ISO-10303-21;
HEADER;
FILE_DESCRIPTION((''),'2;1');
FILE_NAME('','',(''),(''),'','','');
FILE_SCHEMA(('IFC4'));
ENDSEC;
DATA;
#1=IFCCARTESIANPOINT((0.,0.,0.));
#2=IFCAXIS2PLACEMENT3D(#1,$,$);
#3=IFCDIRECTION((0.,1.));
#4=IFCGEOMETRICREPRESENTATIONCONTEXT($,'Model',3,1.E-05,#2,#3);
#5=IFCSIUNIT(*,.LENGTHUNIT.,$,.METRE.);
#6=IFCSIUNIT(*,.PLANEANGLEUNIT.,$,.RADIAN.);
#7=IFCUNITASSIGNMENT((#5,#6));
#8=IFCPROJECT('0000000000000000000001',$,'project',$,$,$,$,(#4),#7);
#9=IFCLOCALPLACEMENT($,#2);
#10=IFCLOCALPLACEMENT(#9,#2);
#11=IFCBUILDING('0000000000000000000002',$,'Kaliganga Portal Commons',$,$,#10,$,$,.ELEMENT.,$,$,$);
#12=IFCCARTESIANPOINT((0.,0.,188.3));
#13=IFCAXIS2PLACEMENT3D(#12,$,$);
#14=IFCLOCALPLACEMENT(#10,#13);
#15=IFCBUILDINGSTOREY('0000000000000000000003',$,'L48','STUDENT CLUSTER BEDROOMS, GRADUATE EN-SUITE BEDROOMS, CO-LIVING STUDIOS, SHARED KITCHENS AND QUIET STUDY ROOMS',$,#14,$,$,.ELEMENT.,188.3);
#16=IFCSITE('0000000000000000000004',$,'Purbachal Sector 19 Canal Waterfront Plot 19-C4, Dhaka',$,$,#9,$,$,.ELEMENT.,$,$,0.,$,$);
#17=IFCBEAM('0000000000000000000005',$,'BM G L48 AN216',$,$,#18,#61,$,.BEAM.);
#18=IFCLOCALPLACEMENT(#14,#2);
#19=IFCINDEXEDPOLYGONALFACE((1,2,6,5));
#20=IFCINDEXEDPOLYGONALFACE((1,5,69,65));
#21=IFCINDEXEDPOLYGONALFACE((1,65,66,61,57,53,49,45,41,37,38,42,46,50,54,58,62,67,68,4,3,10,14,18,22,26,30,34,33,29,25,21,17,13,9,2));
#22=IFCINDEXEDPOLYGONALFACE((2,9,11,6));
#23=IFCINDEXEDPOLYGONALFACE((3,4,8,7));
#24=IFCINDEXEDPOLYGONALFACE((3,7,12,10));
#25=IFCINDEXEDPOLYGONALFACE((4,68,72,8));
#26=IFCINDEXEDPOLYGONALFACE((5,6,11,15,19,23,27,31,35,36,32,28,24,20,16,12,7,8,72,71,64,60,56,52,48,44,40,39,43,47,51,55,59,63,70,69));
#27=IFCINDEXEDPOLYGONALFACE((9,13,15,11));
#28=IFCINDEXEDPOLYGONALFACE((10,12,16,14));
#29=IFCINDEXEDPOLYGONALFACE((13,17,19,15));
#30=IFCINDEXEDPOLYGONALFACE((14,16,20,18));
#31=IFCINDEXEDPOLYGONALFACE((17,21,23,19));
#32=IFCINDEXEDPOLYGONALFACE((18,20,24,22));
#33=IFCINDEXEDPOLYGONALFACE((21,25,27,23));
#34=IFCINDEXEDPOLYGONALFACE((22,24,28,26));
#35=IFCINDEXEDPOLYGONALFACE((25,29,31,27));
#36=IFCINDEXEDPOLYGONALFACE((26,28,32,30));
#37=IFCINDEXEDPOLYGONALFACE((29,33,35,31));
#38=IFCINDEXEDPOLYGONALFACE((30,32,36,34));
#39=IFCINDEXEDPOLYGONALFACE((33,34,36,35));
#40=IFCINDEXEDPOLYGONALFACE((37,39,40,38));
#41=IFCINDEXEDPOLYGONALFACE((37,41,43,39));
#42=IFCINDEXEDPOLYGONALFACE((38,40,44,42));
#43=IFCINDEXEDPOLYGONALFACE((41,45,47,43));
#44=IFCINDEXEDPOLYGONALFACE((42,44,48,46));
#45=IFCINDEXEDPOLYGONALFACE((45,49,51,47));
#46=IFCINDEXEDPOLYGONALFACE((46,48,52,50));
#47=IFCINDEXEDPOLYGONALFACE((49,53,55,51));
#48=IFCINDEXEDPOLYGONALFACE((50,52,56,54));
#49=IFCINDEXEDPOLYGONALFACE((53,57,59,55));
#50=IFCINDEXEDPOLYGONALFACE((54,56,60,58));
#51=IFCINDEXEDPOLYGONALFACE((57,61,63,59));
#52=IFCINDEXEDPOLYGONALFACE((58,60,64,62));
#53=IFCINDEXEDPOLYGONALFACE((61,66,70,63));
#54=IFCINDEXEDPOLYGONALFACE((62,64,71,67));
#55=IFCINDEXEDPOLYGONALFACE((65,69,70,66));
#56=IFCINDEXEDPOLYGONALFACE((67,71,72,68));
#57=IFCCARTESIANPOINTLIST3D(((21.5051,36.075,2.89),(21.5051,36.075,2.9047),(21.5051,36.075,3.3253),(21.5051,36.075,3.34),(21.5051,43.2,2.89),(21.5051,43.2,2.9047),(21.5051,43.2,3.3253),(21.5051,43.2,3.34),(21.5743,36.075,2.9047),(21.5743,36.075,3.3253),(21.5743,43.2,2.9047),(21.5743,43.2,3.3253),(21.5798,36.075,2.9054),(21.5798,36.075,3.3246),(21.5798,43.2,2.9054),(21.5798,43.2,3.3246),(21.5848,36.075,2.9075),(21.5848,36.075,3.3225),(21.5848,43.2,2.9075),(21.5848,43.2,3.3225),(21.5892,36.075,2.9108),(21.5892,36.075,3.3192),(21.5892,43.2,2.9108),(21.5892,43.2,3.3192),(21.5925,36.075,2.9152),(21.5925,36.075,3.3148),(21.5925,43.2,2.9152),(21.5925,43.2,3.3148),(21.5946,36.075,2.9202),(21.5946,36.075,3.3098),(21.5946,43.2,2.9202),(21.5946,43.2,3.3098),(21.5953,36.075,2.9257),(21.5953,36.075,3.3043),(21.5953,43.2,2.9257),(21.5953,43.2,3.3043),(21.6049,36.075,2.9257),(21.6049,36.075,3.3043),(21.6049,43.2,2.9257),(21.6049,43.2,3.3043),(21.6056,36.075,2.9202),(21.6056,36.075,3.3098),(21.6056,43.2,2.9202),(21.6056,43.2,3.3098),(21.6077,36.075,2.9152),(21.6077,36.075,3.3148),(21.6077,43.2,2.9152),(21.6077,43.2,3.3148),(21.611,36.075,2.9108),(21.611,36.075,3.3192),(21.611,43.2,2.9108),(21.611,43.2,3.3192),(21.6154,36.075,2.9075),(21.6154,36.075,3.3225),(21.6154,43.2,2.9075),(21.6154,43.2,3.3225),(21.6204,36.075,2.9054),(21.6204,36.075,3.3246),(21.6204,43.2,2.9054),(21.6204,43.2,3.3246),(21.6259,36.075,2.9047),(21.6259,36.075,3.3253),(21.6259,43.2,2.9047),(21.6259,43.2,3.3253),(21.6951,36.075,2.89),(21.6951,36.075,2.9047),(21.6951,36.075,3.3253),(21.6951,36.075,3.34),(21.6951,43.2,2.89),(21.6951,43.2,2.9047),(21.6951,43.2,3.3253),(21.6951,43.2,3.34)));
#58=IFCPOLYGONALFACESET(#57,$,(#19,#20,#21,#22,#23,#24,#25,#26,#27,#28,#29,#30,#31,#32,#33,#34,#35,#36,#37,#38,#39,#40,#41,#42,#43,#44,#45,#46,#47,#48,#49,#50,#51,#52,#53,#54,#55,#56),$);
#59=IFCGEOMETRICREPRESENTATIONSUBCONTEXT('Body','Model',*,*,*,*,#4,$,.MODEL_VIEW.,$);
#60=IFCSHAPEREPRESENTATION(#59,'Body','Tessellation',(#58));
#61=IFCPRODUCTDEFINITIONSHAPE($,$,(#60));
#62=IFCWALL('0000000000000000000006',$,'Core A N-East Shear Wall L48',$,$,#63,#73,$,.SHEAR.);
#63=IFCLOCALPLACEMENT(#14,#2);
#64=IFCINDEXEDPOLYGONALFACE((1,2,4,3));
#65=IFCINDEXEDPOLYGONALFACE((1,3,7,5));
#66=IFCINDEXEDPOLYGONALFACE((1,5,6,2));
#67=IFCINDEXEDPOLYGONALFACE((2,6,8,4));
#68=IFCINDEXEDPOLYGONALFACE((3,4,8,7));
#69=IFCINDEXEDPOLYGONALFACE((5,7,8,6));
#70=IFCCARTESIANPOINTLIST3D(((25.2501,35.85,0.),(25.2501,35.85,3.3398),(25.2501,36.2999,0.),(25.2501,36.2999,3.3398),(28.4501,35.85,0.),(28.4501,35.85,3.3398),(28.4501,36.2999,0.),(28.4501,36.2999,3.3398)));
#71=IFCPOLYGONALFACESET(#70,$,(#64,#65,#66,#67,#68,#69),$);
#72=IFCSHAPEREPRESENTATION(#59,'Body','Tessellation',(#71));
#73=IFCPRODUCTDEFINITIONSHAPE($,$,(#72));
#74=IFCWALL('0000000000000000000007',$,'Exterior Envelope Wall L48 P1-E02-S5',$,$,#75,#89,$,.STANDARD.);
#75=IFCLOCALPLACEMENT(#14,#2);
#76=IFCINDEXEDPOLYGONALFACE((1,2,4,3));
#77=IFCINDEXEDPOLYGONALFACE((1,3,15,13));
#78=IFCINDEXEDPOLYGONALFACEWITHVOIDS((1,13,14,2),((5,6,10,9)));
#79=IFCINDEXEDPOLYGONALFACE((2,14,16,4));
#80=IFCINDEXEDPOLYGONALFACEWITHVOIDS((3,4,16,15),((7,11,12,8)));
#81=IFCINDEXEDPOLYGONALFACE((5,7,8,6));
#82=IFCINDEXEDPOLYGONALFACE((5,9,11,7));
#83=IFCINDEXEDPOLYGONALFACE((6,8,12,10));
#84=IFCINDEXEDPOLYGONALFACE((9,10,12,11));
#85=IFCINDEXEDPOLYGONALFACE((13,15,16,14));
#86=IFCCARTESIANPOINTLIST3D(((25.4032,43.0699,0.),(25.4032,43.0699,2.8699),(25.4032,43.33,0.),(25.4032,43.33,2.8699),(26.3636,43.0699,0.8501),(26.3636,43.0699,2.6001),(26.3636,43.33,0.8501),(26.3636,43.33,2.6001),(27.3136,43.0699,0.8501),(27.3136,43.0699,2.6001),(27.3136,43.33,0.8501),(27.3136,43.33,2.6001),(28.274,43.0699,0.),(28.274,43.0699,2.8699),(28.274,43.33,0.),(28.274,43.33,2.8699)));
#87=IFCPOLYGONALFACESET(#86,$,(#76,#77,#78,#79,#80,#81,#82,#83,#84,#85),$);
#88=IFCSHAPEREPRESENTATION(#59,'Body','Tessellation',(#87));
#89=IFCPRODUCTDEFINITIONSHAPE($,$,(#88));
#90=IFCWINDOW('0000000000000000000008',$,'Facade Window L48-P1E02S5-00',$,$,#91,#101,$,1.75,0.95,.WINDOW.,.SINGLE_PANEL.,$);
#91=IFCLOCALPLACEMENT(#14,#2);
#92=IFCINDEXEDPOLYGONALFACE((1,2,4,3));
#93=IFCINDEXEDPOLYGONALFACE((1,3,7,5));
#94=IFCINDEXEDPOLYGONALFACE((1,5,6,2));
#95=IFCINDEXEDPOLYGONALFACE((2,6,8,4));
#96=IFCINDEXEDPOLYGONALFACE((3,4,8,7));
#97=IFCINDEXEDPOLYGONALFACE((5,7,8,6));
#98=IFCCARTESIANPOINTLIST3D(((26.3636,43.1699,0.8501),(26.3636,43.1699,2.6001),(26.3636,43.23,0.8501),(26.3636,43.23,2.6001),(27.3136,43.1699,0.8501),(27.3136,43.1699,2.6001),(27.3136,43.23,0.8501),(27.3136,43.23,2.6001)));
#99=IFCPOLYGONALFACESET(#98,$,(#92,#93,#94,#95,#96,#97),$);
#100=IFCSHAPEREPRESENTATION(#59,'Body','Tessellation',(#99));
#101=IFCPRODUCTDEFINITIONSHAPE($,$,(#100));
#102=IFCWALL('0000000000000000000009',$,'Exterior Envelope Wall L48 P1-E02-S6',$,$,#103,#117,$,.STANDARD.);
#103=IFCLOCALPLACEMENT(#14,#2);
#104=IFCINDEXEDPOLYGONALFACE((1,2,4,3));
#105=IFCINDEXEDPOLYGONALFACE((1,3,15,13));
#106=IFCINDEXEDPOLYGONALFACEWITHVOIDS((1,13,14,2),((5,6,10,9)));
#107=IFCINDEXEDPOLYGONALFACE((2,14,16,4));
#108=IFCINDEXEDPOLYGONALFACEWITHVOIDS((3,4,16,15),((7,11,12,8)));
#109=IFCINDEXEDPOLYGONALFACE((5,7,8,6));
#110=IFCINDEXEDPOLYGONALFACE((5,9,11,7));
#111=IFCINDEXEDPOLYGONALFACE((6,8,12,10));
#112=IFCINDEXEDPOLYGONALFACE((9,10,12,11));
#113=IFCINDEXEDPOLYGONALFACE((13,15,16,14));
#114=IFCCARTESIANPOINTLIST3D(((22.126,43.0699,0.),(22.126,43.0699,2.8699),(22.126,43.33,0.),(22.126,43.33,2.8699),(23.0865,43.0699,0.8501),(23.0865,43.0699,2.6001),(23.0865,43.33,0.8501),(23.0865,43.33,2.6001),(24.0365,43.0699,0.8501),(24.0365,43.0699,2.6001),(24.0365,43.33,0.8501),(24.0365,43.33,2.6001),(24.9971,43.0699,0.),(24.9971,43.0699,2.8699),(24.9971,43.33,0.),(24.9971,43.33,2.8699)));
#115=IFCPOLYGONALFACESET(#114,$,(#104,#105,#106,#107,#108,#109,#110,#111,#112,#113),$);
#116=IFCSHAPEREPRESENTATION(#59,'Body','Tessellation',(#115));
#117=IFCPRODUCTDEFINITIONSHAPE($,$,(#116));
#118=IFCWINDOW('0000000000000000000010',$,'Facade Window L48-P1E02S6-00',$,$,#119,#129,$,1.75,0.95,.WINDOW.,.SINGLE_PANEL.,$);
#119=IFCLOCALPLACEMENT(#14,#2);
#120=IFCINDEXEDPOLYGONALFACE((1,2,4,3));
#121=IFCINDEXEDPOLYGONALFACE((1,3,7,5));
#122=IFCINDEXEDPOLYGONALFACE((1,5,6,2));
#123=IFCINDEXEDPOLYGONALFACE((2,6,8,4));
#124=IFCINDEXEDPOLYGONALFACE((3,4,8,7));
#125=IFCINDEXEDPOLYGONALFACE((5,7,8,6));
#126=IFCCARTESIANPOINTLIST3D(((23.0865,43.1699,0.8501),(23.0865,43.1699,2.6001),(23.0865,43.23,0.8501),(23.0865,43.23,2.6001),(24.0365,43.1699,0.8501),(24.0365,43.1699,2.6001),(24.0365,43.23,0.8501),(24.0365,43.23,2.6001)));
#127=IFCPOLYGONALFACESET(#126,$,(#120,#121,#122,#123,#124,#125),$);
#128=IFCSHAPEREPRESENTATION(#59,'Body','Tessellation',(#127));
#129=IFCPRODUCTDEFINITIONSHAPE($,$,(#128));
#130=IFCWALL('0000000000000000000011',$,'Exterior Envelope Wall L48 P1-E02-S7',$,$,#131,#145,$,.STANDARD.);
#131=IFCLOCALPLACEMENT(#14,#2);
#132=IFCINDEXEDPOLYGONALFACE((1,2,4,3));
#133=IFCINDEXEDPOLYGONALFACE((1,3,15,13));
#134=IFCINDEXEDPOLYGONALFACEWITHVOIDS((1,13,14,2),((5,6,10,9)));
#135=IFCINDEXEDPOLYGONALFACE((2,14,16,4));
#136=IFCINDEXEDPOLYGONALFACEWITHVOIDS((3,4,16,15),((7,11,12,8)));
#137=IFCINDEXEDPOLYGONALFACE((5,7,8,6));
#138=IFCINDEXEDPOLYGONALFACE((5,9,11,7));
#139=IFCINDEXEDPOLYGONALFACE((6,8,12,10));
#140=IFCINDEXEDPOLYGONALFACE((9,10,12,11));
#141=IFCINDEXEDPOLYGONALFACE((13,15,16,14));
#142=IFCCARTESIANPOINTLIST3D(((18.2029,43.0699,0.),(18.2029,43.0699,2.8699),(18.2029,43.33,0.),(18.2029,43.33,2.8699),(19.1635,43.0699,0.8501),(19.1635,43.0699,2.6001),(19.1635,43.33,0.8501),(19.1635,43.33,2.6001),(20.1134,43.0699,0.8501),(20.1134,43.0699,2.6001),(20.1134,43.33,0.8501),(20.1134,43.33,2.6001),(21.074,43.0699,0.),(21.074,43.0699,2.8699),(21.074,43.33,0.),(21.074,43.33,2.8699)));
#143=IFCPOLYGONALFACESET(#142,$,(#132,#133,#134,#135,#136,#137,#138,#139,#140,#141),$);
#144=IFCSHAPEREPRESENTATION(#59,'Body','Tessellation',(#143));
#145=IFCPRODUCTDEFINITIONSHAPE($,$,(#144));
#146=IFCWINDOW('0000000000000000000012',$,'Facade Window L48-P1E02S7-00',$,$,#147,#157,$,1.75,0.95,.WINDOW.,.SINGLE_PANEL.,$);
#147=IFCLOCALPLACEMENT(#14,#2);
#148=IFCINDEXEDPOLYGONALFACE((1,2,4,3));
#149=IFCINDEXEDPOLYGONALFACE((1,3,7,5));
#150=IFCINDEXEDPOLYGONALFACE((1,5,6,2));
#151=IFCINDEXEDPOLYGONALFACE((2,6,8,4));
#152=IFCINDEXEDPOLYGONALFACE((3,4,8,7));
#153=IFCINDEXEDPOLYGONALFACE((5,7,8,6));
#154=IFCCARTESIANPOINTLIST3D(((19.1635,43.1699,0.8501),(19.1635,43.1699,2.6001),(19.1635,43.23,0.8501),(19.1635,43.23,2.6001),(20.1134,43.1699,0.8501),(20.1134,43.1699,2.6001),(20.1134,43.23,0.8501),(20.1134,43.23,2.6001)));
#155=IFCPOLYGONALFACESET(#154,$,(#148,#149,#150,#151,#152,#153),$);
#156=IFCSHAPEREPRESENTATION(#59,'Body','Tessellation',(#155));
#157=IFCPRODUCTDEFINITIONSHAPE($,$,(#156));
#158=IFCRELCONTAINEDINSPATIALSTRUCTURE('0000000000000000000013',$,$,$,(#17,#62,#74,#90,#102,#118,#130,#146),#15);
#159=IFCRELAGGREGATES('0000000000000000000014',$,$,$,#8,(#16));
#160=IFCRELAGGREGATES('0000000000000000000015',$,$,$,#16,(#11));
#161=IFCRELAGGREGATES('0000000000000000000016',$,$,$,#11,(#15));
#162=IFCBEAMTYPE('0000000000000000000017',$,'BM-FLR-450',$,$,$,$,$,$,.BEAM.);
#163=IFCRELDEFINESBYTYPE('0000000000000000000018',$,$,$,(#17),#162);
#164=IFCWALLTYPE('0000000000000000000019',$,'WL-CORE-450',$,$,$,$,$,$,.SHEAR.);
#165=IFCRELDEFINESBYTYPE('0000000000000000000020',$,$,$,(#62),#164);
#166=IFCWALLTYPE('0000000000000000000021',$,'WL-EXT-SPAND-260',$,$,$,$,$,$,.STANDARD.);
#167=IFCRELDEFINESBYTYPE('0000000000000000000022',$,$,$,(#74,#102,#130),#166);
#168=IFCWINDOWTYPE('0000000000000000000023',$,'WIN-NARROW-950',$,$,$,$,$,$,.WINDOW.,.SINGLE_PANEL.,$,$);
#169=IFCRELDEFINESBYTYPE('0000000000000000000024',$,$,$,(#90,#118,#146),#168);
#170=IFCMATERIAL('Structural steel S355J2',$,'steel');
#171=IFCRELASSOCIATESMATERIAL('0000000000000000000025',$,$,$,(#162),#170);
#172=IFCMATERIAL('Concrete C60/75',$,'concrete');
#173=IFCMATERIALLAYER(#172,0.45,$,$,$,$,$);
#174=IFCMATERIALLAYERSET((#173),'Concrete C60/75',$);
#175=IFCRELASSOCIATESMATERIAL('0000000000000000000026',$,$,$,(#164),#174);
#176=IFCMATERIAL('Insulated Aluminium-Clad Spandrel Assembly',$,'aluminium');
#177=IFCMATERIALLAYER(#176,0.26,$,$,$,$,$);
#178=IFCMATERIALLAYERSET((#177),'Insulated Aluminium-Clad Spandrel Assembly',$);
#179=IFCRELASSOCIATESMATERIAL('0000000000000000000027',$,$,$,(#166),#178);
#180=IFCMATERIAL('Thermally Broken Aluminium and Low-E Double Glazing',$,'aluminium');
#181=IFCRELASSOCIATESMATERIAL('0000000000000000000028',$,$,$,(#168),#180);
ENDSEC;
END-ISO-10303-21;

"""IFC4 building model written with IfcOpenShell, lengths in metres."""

from ifc_helpers import new_model, si_unit, direction, frame, frame_2d, origin, origin_2d, place, context, subcontext, project, spatial, rectangle, i_section, extrude, source, transform, mapped, material, layer, layer_set, material_profile, profile_set, type_object, element, fill, save


model = new_model("IFC4")

# Units and contexts
model_context = context("Model", 3, precision=1e-05, world=origin(), true_north=direction((0.0, 1.0)))
body_context = subcontext(model_context, "Body", "Model", "MODEL_VIEW")
ifc_project = project(units=[si_unit("LENGTHUNIT", "METRE"), si_unit("PLANEANGLEUNIT", "RADIAN")], contexts=[model_context])

# Site, building, storey
site_placement = place(None, origin())
site = spatial("IfcSite", under=ifc_project, at=site_placement, Name="Purbachal Sector 19 Canal Waterfront Plot 19-C4, Dhaka", CompositionType="ELEMENT", RefElevation=0.0)
building_placement = place(site_placement, origin())
building = spatial("IfcBuilding", under=site, at=building_placement, Name="Kaliganga Portal Commons", CompositionType="ELEMENT")
storey_placement = place(building_placement, frame((0.0, 0.0, 188.3)))
storey = spatial("IfcBuildingStorey", under=building, at=storey_placement, Name="L48", Description="STUDENT CLUSTER BEDROOMS, GRADUATE EN-SUITE BEDROOMS, CO-LIVING STUDIOS, SHARED KITCHENS AND QUIET STUDY ROOMS", CompositionType="ELEMENT", Elevation=188.3)

# Shared definitions
ifc_material_1 = material(Name="Concrete C60/75", Category="concrete")

# Beam
ifc_material_2 = material(Name="Structural steel S355J2", Category="steel")
ifc_material_profile_1 = material_profile(ifc_material_2, i_section(OverallWidth=0.1899, OverallDepth=0.45, WebThickness=0.0095, FlangeThickness=0.0146, FilletRadius=0.021, at=origin_2d()), Name="IPE 450")
ifc_profile_set_1 = profile_set([ifc_material_profile_1], Name="Structural steel S355J2 wide-flange")
beam_type_1 = type_object("IfcBeamType", Name="BM-FLR-450", PredefinedType="BEAM", material=ifc_profile_set_1)
shared_shape_1 = source(origin(), body_context, "Body", "SweptSolid", [
    extrude(i_section(OverallWidth=0.1899, OverallDepth=0.45, WebThickness=0.0095, FlangeThickness=0.0146, FilletRadius=0.021, at=origin_2d()), origin(), (0.0, 0.0, 1.0), 7.125),
])
beam_1_placement = place(storey_placement, frame((21.6001, 36.075, 3.115), z_axis=(0.0, 1.0, 0.0), x_axis=(-1.0, 0.0, 0.0)))
element("IfcBeam", 1, at=beam_1_placement, inside=storey, type_object=beam_type_1, Name="BM G L48 AN216", PredefinedType="BEAM", context=body_context, shape_type="MappedRepresentation", body=[
    mapped(shared_shape_1, transform((0.0, 0.0, 0.0), x_axis=(1.0, 0.0, 0.0), y_axis=(0.0, 1.0, 0.0), z_axis=(0.0, 0.0, 1.0), scale=1.0)),
])

# Wall
ifc_layer_1 = layer(ifc_material_1, 0.45)
ifc_layer_set_1 = layer_set([ifc_layer_1], Name="Concrete C60/75")
wall_type_1 = type_object("IfcWallType", Name="WL-CORE-450", PredefinedType="SHEAR", material=ifc_layer_set_1)
wall_1_placement = place(storey_placement, frame((25.25, 36.075, 0.0), z_axis=(0.0, 0.0, 1.0), x_axis=(1.0, 0.0, 0.0)))
element("IfcWall", 2, at=wall_1_placement, inside=storey, type_object=wall_type_1, Name="Core A N-East Shear Wall L48", PredefinedType="SHEAR", context=body_context, shape_type="SweptSolid", body=[
    extrude(rectangle(XDim=3.2, YDim=0.45, at=frame_2d((1.6001, 0.0))), origin(), (0.0, 0.0, 1.0), 3.3398),
])

# Walls, openings, windows
ifc_material_3 = material(Name="Insulated Aluminium-Clad Spandrel Assembly", Category="aluminium")
ifc_layer_2 = layer(ifc_material_3, 0.26)
ifc_layer_set_2 = layer_set([ifc_layer_2], Name="Insulated Aluminium-Clad Spandrel Assembly")
wall_type_2 = type_object("IfcWallType", Name="WL-EXT-SPAND-260", PredefinedType="STANDARD", material=ifc_layer_set_2)
wall_2_placement = place(storey_placement, frame((25.4031, 43.2, 0.0), z_axis=(0.0, 0.0, 1.0), x_axis=(1.0, 0.0, 0.0)))
wall_2 = element("IfcWall", 3, at=wall_2_placement, inside=storey, type_object=wall_type_2, Name="Exterior Envelope Wall L48 P1-E02-S5", PredefinedType="STANDARD", context=body_context, shape_type="SweptSolid", body=[
    extrude(rectangle(XDim=2.8708, YDim=0.26, at=frame_2d((1.4355, 0.0))), origin(), (0.0, 0.0, 1.0), 2.8699),
])
opening_1_placement = place(wall_2_placement, frame((0.9604, 0.0, 0.8501)))
opening_1 = element("IfcOpeningElement", 4, at=opening_1_placement, cuts=wall_2, PredefinedType="OPENING", context=body_context, shape_type="SweptSolid", body=[
    extrude(rectangle(XDim=0.95, YDim=1.75, at=frame_2d((0.4751, 0.875))), frame((0.0, 0.1401, 0.0), z_axis=(0.0, -1.0, 0.0), x_axis=(1.0, 0.0, 0.0)), (0.0, 0.0, 1.0), 0.28),
])
ifc_material_4 = material(Name="Thermally Broken Aluminium and Low-E Double Glazing", Category="aluminium")
window_type = type_object("IfcWindowType", Name="WIN-NARROW-950", PartitioningType="SINGLE_PANEL", PredefinedType="WINDOW", material=ifc_material_4)
window_1_placement = place(opening_1_placement, origin())
window_1 = element("IfcWindow", 5, at=window_1_placement, inside=storey, type_object=window_type, Name="Facade Window L48-P1E02S5-00", OverallHeight=1.75, OverallWidth=0.95, PartitioningType="SINGLE_PANEL", PredefinedType="WINDOW", context=body_context, shape_type="SweptSolid", body=[
    extrude(rectangle(XDim=0.95, YDim=1.75, at=frame_2d((0.4751, 0.875))), frame((0.0, 0.03, 0.0), z_axis=(0.0, -1.0, 0.0), x_axis=(1.0, 0.0, 0.0)), (0.0, 0.0, 1.0), 0.0601),
])
fill(opening_1, window_1)
wall_3_placement = place(storey_placement, frame((22.126, 43.2, 0.0), z_axis=(0.0, 0.0, 1.0), x_axis=(1.0, 0.0, 0.0)))
wall_3 = element("IfcWall", 6, at=wall_3_placement, inside=storey, type_object=wall_type_2, Name="Exterior Envelope Wall L48 P1-E02-S6", PredefinedType="STANDARD", context=body_context, shape_type="SweptSolid", body=[
    extrude(rectangle(XDim=2.8711, YDim=0.26, at=frame_2d((1.4355, 0.0))), origin(), (0.0, 0.0, 1.0), 2.8699),
])
opening_2_placement = place(wall_3_placement, frame((0.9604, 0.0, 0.8501)))
opening_2 = element("IfcOpeningElement", 7, at=opening_2_placement, cuts=wall_3, PredefinedType="OPENING", context=body_context, shape_type="SweptSolid", body=[
    extrude(rectangle(XDim=0.95, YDim=1.75, at=frame_2d((0.4751, 0.875))), frame((0.0, 0.1401, 0.0), z_axis=(0.0, -1.0, 0.0), x_axis=(1.0, 0.0, 0.0)), (0.0, 0.0, 1.0), 0.28),
])
window_2_placement = place(opening_2_placement, origin())
window_2 = element("IfcWindow", 8, at=window_2_placement, inside=storey, type_object=window_type, Name="Facade Window L48-P1E02S6-00", OverallHeight=1.75, OverallWidth=0.95, PartitioningType="SINGLE_PANEL", PredefinedType="WINDOW", context=body_context, shape_type="SweptSolid", body=[
    extrude(rectangle(XDim=0.95, YDim=1.75, at=frame_2d((0.4751, 0.875))), frame((0.0, 0.03, 0.0), z_axis=(0.0, -1.0, 0.0), x_axis=(1.0, 0.0, 0.0)), (0.0, 0.0, 1.0), 0.0601),
])
fill(opening_2, window_2)
wall_4_placement = place(storey_placement, frame((18.2029, 43.2, 0.0), z_axis=(0.0, 0.0, 1.0), x_axis=(1.0, 0.0, 0.0)))
wall_4 = element("IfcWall", 9, at=wall_4_placement, inside=storey, type_object=wall_type_2, Name="Exterior Envelope Wall L48 P1-E02-S7", PredefinedType="STANDARD", context=body_context, shape_type="SweptSolid", body=[
    extrude(rectangle(XDim=2.8711, YDim=0.26, at=frame_2d((1.4355, 0.0))), origin(), (0.0, 0.0, 1.0), 2.8699),
])
opening_3_placement = place(wall_4_placement, frame((0.9604, 0.0, 0.8501)))
opening_3 = element("IfcOpeningElement", 10, at=opening_3_placement, cuts=wall_4, PredefinedType="OPENING", context=body_context, shape_type="SweptSolid", body=[
    extrude(rectangle(XDim=0.95, YDim=1.75, at=frame_2d((0.4751, 0.875))), frame((0.0, 0.1401, 0.0), z_axis=(0.0, -1.0, 0.0), x_axis=(1.0, 0.0, 0.0)), (0.0, 0.0, 1.0), 0.28),
])
window_3_placement = place(opening_3_placement, origin())
window_3 = element("IfcWindow", 11, at=window_3_placement, inside=storey, type_object=window_type, Name="Facade Window L48-P1E02S7-00", OverallHeight=1.75, OverallWidth=0.95, PartitioningType="SINGLE_PANEL", PredefinedType="WINDOW", context=body_context, shape_type="SweptSolid", body=[
    extrude(rectangle(XDim=0.95, YDim=1.75, at=frame_2d((0.4751, 0.875))), frame((0.0, 0.03, 0.0), z_axis=(0.0, -1.0, 0.0), x_axis=(1.0, 0.0, 0.0)), (0.0, 0.0, 1.0), 0.0601),
])
fill(opening_3, window_3)

save(model, "model.ifc")
